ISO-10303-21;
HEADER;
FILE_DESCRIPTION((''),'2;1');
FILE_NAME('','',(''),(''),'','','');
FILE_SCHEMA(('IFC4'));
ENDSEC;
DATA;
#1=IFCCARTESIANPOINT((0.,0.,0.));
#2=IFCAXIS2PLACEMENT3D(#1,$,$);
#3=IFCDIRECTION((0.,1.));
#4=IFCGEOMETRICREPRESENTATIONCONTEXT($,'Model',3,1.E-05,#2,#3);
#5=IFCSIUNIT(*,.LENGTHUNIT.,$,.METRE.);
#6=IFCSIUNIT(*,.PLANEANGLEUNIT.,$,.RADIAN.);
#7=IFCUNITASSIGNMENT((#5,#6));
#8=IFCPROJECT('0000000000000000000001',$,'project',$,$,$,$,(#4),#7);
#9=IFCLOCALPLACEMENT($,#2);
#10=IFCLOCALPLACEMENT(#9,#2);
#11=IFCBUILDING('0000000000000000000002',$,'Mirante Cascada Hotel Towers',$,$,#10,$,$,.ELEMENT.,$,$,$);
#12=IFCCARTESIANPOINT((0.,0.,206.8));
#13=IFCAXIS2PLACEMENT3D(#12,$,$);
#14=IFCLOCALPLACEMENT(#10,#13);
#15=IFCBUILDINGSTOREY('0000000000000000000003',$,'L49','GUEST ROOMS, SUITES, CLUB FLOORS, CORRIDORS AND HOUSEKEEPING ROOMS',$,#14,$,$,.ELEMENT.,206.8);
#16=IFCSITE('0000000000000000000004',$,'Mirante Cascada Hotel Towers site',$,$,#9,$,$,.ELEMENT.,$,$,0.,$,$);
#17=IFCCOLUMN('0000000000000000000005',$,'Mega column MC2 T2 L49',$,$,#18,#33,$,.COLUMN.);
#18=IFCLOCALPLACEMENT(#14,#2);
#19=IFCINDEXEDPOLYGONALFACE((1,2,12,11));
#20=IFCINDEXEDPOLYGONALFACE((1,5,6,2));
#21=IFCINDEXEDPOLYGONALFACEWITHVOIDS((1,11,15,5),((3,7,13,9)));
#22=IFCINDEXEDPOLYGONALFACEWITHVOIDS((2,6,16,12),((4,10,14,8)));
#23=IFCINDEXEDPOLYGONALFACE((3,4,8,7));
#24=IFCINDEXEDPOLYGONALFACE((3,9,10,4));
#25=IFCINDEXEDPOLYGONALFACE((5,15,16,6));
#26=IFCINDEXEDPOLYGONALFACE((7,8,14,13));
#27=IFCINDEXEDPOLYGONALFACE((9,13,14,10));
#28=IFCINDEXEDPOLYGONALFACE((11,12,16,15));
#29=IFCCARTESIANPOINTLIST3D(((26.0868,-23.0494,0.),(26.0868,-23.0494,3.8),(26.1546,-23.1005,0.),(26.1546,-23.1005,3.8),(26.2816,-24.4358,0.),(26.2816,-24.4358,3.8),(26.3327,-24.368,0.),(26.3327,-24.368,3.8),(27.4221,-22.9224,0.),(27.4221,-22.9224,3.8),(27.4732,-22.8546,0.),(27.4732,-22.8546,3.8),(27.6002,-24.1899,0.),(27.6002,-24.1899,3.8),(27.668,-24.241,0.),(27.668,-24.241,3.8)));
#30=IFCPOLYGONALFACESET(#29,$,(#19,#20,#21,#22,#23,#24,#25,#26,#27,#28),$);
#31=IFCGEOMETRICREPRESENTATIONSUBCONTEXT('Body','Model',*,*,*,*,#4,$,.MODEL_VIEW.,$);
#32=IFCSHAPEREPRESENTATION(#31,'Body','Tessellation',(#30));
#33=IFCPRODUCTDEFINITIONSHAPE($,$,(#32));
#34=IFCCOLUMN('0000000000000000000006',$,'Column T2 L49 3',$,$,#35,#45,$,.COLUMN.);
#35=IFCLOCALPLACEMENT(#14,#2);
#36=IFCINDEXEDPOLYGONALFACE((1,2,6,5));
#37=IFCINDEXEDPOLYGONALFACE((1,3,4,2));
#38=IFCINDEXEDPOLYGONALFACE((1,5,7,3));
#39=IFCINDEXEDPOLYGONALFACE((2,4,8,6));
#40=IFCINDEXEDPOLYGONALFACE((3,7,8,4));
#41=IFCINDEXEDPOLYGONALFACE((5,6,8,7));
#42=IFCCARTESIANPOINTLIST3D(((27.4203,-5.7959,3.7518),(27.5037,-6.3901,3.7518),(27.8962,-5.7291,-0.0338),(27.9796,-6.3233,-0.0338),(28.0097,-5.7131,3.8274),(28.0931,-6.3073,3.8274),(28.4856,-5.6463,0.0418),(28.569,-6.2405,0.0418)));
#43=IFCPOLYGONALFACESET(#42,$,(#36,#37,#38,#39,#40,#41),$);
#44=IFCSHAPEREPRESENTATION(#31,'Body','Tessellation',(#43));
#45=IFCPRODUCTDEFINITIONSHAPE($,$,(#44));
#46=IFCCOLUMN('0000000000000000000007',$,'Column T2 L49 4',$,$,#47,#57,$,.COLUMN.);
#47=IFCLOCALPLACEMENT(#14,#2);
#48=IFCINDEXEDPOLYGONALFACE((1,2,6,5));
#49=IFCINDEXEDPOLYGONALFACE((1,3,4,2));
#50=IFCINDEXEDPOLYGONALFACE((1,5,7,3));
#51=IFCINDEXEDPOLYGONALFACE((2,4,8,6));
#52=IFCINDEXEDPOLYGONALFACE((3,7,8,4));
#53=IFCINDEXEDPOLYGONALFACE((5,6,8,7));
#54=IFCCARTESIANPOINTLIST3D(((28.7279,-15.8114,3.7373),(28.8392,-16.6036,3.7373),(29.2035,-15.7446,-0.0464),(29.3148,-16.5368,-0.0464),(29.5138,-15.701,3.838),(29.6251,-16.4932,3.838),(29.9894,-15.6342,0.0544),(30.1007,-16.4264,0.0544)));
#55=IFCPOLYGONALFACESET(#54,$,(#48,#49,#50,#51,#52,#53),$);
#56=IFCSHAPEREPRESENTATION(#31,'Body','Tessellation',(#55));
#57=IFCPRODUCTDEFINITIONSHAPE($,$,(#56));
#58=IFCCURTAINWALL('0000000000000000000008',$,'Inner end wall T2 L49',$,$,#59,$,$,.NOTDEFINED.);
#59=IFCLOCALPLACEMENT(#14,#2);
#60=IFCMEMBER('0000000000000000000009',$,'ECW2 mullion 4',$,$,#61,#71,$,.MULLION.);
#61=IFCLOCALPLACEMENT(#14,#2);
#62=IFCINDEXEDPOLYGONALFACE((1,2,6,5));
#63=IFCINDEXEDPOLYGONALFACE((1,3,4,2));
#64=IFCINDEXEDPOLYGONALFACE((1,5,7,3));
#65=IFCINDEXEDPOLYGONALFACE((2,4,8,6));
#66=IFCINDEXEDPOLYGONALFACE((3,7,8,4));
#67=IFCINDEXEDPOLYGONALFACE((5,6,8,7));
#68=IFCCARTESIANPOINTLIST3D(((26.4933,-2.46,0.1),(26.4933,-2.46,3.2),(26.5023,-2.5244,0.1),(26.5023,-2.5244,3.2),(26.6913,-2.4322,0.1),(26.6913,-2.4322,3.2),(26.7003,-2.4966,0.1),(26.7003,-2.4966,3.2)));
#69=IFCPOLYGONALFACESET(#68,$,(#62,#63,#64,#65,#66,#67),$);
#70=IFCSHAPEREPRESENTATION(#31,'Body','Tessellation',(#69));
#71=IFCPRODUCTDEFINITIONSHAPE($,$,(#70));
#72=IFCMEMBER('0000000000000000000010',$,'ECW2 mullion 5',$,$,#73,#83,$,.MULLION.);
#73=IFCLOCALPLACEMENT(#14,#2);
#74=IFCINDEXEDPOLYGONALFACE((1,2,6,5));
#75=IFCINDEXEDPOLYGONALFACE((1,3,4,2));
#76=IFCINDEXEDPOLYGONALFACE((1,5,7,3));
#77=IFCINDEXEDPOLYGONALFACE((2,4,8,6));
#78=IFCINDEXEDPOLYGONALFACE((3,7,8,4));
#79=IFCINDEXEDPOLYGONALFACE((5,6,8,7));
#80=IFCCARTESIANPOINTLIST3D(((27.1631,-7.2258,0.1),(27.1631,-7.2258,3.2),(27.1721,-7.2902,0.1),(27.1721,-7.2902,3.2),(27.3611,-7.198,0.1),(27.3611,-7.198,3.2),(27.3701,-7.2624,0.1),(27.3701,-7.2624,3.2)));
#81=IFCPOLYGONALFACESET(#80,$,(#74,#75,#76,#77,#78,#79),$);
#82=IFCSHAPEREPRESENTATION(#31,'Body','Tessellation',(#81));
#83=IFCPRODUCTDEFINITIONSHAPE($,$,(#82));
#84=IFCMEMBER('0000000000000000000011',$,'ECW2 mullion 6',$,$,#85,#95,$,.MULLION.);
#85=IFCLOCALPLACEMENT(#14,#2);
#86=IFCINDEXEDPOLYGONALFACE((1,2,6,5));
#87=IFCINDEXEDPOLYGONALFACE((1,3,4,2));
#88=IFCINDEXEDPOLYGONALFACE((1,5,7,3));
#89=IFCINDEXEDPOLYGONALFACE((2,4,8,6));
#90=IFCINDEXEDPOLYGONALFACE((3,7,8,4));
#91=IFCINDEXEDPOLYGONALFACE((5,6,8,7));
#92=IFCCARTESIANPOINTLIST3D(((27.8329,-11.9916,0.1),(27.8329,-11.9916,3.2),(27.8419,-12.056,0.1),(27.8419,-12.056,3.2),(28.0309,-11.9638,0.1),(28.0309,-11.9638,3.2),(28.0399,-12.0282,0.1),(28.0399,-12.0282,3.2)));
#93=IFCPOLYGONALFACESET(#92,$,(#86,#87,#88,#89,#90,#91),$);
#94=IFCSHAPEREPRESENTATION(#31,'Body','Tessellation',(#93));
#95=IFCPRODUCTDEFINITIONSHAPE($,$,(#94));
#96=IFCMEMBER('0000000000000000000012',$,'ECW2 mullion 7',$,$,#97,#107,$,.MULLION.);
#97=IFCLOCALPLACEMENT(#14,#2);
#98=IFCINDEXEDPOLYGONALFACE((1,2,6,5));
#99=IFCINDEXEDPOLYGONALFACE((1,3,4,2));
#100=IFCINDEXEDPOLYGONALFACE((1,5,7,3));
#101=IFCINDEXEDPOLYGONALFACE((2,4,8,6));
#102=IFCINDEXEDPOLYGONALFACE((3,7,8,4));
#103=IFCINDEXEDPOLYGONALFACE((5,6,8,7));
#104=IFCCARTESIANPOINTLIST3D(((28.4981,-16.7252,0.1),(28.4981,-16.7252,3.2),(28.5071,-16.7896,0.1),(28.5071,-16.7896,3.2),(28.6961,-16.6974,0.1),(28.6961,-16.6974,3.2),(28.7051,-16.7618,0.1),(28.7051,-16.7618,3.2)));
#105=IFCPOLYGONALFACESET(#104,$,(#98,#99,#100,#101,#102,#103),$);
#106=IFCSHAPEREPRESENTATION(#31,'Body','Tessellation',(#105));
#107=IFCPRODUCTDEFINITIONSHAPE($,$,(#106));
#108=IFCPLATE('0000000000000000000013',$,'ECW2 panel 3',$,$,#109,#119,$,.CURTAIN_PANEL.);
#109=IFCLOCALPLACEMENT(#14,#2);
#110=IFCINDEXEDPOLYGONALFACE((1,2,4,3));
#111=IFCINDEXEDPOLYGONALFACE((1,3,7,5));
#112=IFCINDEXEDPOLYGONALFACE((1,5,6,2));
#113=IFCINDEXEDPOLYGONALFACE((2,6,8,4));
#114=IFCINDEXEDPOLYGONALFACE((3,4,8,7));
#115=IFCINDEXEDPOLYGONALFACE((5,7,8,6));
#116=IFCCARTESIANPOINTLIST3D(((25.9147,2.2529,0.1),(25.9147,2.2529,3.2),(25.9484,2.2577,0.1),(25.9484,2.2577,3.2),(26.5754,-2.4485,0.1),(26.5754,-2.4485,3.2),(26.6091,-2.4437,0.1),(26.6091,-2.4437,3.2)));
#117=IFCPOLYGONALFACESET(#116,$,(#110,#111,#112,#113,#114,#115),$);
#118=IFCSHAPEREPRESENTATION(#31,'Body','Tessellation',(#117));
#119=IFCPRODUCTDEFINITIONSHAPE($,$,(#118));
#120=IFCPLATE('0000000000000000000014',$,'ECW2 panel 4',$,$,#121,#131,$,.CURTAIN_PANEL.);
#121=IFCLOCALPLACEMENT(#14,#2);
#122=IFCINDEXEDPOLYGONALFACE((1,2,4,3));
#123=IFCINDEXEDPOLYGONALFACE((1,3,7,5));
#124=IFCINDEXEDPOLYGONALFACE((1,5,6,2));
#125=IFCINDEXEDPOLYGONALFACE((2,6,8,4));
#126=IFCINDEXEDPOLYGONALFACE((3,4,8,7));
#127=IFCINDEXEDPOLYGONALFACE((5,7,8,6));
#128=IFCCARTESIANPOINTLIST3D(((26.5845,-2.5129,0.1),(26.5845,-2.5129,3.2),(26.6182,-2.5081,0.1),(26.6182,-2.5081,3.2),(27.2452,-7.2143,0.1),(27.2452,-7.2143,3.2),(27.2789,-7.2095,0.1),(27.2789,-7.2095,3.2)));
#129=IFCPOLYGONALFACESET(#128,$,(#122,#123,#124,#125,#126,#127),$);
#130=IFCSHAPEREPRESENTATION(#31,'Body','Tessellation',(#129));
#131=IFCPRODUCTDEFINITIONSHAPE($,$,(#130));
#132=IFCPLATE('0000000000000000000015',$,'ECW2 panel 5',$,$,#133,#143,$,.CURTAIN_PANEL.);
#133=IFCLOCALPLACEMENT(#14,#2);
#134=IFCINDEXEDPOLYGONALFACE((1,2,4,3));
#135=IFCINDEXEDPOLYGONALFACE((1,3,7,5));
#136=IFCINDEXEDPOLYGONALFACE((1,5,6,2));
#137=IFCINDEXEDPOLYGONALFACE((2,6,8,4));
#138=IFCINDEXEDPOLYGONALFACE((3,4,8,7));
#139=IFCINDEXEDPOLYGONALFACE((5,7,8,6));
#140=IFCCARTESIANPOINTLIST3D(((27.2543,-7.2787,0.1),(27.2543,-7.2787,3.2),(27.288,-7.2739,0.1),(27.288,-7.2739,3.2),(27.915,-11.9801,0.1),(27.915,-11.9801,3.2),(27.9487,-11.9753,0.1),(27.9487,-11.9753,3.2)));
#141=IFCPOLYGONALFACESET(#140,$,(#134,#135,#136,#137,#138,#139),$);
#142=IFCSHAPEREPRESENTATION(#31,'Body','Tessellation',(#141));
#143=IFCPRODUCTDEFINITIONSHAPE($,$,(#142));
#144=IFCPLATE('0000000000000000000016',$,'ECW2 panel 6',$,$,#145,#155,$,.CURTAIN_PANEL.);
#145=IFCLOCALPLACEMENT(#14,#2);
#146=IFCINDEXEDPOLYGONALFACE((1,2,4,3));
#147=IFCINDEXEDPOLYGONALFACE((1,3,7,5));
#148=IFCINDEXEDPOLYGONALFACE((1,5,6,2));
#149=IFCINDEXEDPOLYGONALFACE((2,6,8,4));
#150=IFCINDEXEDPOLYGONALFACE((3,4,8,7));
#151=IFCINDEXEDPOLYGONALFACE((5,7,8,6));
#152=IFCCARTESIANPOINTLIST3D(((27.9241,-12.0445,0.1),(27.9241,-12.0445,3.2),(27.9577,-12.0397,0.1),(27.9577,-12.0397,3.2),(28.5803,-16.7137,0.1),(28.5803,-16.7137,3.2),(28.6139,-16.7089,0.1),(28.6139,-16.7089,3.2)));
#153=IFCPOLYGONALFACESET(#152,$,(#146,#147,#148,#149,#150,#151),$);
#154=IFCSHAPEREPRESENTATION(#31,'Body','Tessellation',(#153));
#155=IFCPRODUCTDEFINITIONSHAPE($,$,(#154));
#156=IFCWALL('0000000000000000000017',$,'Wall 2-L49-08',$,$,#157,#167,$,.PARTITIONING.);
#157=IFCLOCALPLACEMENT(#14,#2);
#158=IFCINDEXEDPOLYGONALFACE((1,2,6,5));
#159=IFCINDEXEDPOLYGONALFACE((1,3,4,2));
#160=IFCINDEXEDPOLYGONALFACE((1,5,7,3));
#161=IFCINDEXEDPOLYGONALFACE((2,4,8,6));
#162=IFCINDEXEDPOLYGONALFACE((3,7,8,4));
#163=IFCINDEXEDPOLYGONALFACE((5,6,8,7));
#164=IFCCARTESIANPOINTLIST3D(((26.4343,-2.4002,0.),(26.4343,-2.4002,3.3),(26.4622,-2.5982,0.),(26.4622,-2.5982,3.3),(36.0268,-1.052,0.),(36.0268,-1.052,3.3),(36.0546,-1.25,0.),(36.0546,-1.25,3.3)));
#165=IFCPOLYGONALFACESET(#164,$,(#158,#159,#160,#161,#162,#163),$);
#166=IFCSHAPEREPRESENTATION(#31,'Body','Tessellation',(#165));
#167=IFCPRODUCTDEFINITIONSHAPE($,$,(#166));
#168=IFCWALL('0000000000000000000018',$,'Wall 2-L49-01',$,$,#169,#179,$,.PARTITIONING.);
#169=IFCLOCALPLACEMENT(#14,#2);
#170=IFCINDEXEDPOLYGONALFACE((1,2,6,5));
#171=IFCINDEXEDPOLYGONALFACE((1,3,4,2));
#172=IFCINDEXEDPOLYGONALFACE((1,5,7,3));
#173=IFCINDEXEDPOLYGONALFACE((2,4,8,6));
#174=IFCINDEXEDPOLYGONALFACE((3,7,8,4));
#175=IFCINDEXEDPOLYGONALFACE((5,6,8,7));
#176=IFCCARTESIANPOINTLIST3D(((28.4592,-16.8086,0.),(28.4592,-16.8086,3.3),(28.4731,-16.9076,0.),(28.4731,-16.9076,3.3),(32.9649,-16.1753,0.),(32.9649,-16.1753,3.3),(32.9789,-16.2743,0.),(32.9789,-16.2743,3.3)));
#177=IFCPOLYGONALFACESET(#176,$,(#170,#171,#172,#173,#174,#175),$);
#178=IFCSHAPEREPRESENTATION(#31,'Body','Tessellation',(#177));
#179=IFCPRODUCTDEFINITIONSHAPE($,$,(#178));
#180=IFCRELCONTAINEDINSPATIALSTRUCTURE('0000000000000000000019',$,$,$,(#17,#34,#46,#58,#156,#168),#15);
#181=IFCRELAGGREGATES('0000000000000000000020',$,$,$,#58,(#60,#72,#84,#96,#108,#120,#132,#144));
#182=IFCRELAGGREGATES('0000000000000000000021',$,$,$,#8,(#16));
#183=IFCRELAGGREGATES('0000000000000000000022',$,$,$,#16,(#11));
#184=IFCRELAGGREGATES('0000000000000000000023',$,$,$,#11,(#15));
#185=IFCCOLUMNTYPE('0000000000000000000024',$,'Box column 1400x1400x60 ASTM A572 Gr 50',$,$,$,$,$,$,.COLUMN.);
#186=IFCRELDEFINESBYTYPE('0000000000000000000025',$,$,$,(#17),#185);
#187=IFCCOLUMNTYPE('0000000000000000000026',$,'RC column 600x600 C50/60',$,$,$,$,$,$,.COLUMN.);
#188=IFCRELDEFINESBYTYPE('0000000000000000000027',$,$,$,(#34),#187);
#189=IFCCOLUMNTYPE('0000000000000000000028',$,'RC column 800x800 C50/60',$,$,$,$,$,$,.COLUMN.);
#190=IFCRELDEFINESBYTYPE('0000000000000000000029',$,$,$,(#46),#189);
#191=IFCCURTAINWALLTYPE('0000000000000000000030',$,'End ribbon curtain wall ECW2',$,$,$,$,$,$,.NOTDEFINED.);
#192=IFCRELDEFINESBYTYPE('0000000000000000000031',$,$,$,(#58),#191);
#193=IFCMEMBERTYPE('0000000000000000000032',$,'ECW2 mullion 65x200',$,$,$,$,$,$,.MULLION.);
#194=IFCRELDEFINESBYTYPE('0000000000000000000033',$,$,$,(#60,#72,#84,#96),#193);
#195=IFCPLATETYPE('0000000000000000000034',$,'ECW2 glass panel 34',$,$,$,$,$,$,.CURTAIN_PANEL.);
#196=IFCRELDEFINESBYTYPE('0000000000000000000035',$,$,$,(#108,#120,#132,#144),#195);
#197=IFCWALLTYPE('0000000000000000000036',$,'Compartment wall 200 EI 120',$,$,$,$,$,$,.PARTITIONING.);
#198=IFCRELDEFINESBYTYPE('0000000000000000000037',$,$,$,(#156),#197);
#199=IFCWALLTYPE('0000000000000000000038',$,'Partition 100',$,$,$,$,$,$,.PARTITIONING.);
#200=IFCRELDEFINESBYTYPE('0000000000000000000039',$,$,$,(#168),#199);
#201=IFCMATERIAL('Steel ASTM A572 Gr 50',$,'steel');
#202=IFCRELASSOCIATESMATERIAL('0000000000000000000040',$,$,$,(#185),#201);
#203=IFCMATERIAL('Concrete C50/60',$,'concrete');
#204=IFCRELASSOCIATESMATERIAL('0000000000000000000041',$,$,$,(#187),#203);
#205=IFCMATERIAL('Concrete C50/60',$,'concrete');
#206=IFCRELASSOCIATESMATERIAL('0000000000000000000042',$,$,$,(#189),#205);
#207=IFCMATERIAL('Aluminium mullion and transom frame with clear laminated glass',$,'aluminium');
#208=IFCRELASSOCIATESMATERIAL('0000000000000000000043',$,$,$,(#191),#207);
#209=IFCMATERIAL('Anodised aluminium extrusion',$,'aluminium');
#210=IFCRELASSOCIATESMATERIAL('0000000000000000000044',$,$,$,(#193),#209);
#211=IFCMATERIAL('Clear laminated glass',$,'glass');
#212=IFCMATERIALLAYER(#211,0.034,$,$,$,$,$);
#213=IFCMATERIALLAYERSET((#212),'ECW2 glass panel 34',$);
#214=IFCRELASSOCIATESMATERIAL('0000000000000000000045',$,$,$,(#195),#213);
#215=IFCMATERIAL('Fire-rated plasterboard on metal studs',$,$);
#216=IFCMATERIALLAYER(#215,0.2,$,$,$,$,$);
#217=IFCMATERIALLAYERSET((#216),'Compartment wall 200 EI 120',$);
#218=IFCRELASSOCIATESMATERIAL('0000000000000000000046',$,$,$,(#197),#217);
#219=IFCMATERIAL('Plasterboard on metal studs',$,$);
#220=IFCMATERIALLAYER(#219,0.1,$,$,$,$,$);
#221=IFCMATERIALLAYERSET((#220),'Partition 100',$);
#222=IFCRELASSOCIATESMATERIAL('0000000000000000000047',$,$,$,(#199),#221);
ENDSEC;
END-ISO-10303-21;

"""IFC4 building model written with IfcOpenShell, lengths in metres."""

from ifc_helpers import new_model, si_unit, direction, frame, frame_2d, origin, origin_2d, place, context, subcontext, project, spatial, rectangle, hollow_rectangle, extrude, material, layer, layer_set, material_profile, profile_set, type_object, element, aggregate, save


model = new_model("IFC4")

# Units and contexts
model_context = context("Model", 3, precision=1e-05, world=origin(), true_north=direction((0.0, 1.0)))
body_context = subcontext(model_context, "Body", "Model", "MODEL_VIEW")
ifc_project = project(units=[si_unit("LENGTHUNIT", "METRE"), si_unit("PLANEANGLEUNIT", "RADIAN")], contexts=[model_context])

# Site, building, storey
site_placement = place(None, origin())
site = spatial("IfcSite", under=ifc_project, at=site_placement, Name="Mirante Cascada Hotel Towers site", CompositionType="ELEMENT", RefElevation=0.0)
building_placement = place(site_placement, origin())
building = spatial("IfcBuilding", under=site, at=building_placement, Name="Mirante Cascada Hotel Towers", CompositionType="ELEMENT")
storey_placement = place(building_placement, frame((0.0, 0.0, 206.8)))
storey = spatial("IfcBuildingStorey", under=building, at=storey_placement, Name="L49", Description="GUEST ROOMS, SUITES, CLUB FLOORS, CORRIDORS AND HOUSEKEEPING ROOMS", CompositionType="ELEMENT", Elevation=206.8)

# Columns
ifc_material_1 = material(Name="Steel ASTM A572 Gr 50", Category="steel")
ifc_material_profile_1 = material_profile(ifc_material_1, hollow_rectangle(XDim=1.4, YDim=1.4, WallThickness=0.06, at=origin_2d()), Name="Box column 1400x1400x60 ASTM A572 Gr 50")
ifc_profile_set_1 = profile_set([ifc_material_profile_1], Name="Steel ASTM A572 Gr 50")
column_type_1 = type_object("IfcColumnType", Name="Box column 1400x1400x60 ASTM A572 Gr 50", PredefinedType="COLUMN", material=ifc_profile_set_1)
column_1_placement = place(storey_placement, frame((26.8774, -23.6452, 0.0), z_axis=(0.0, 0.0, 1.0), x_axis=(0.990268, 0.139173, 0.0)))
element("IfcColumn", 1, at=column_1_placement, inside=storey, type_object=column_type_1, Name="Mega column MC2 T2 L49", PredefinedType="COLUMN", context=body_context, shape_type="SweptSolid", body=[
    extrude(hollow_rectangle(XDim=1.4, YDim=1.4, WallThickness=0.06, at=origin_2d()), origin(), (0.0, 0.0, 1.0), 3.8),
])
ifc_material_2 = material(Name="Concrete C50/60", Category="concrete")
ifc_material_profile_2 = material_profile(ifc_material_2, rectangle(XDim=0.6, YDim=0.6, at=origin_2d()), Name="RC column 600x600 C50/60")
ifc_profile_set_2 = profile_set([ifc_material_profile_2], Name="Concrete C50/60")
column_type_2 = type_object("IfcColumnType", Name="RC column 600x600 C50/60", PredefinedType="COLUMN", material=ifc_profile_set_2)
column_2_placement = place(storey_placement, frame((28.2326, -5.9848, 0.004), z_axis=(-0.124712, -0.017505, 0.992039), x_axis=(0.139003, -0.990292, 0.0)))
element("IfcColumn", 2, at=column_2_placement, inside=storey, type_object=column_type_2, Name="Column T2 L49 3", PredefinedType="COLUMN", context=body_context, shape_type="SweptSolid", body=[
    extrude(rectangle(XDim=0.6, YDim=0.6, at=origin_2d()), origin(), (0.0, 0.0, 1.0), 3.816),
])
ifc_material_3 = material(Name="Concrete C50/60", Category="concrete")
ifc_material_profile_3 = material_profile(ifc_material_3, rectangle(XDim=0.8, YDim=0.8, at=origin_2d()), Name="RC column 800x800 C50/60")
ifc_profile_set_3 = profile_set([ifc_material_profile_3], Name="Concrete C50/60")
column_type_3 = type_object("IfcColumnType", Name="RC column 800x800 C50/60", PredefinedType="COLUMN", material=ifc_profile_set_3)
column_3_placement = place(storey_placement, frame((29.6521, -16.0855, 0.004), z_axis=(-0.1247, -0.017515, 0.99204), x_axis=(0.139089, -0.99028, 0.0)))
element("IfcColumn", 3, at=column_3_placement, inside=storey, type_object=column_type_3, Name="Column T2 L49 4", PredefinedType="COLUMN", context=body_context, shape_type="SweptSolid", body=[
    extrude(rectangle(XDim=0.8, YDim=0.8, at=origin_2d()), origin(), (0.0, 0.0, 1.0), 3.814),
])

# Curtain wall, members, plates
ifc_material_4 = material(Name="Aluminium mullion and transom frame with clear laminated glass", Category="aluminium")
curtain_wall_type = type_object("IfcCurtainWallType", Name="End ribbon curtain wall ECW2", PredefinedType="NOTDEFINED", material=ifc_material_4)
curtain_wall_placement = place(storey_placement, origin())
curtain_wall = element("IfcCurtainWall", 4, at=curtain_wall_placement, inside=storey, type_object=curtain_wall_type, Name="Inner end wall T2 L49", PredefinedType="NOTDEFINED")
ifc_material_5 = material(Name="Anodised aluminium extrusion", Category="aluminium")
ifc_material_profile_4 = material_profile(ifc_material_5, rectangle(XDim=0.2, YDim=0.065, at=origin_2d()), Name="ECW2 MULLION 65x200")
ifc_profile_set_4 = profile_set([ifc_material_profile_4], Name="Anodised aluminium extrusion")
member_type = type_object("IfcMemberType", Name="ECW2 mullion 65x200", PredefinedType="MULLION", material=ifc_profile_set_4)
member_1_placement = place(storey_placement, frame((26.5968, -2.4783, 0.1), z_axis=(0.0, 0.0, 1.0), x_axis=(0.990268, 0.139173, 0.0)))
member_1 = element("IfcMember", 5, at=member_1_placement, type_object=member_type, Name="ECW2 mullion 4", PredefinedType="MULLION", context=body_context, shape_type="SweptSolid", body=[
    extrude(rectangle(XDim=0.2, YDim=0.065, at=origin_2d()), origin(), (0.0, 0.0, 1.0), 3.1),
])
member_2_placement = place(storey_placement, frame((27.2666, -7.2441, 0.1), z_axis=(0.0, 0.0, 1.0), x_axis=(0.990268, 0.139173, 0.0)))
member_2 = element("IfcMember", 6, at=member_2_placement, type_object=member_type, Name="ECW2 mullion 5", PredefinedType="MULLION", context=body_context, shape_type="SweptSolid", body=[
    extrude(rectangle(XDim=0.2, YDim=0.065, at=origin_2d()), origin(), (0.0, 0.0, 1.0), 3.1),
])
member_3_placement = place(storey_placement, frame((27.9364, -12.0099, 0.1), z_axis=(0.0, 0.0, 1.0), x_axis=(0.990268, 0.139173, 0.0)))
member_3 = element("IfcMember", 7, at=member_3_placement, type_object=member_type, Name="ECW2 mullion 6", PredefinedType="MULLION", context=body_context, shape_type="SweptSolid", body=[
    extrude(rectangle(XDim=0.2, YDim=0.065, at=origin_2d()), origin(), (0.0, 0.0, 1.0), 3.1),
])
member_4_placement = place(storey_placement, frame((28.6016, -16.7435, 0.1), z_axis=(0.0, 0.0, 1.0), x_axis=(0.990268, 0.139173, 0.0)))
member_4 = element("IfcMember", 8, at=member_4_placement, type_object=member_type, Name="ECW2 mullion 7", PredefinedType="MULLION", context=body_context, shape_type="SweptSolid", body=[
    extrude(rectangle(XDim=0.2, YDim=0.065, at=origin_2d()), origin(), (0.0, 0.0, 1.0), 3.1),
])
ifc_material_6 = material(Name="Clear laminated glass", Category="glass")
ifc_layer_1 = layer(ifc_material_6, 0.034)
ifc_layer_set_1 = layer_set([ifc_layer_1], Name="ECW2 glass panel 34")
plate_type = type_object("IfcPlateType", Name="ECW2 glass panel 34", PredefinedType="CURTAIN_PANEL", material=ifc_layer_set_1)
plate_1_placement = place(storey_placement, frame((26.2619, -0.0954, 0.1), z_axis=(0.0, 0.0, 1.0), x_axis=(0.139173, -0.990268, 0.0)))
plate_1 = element("IfcPlate", 9, at=plate_1_placement, type_object=plate_type, Name="ECW2 panel 3", PredefinedType="CURTAIN_PANEL", context=body_context, shape_type="SweptSolid", body=[
    extrude(rectangle(XDim=4.7476, YDim=0.034, at=origin_2d()), origin(), (0.0, 0.0, 1.0), 3.1),
])
plate_2_placement = place(storey_placement, frame((26.9317, -4.8612, 0.1), z_axis=(0.0, 0.0, 1.0), x_axis=(0.139173, -0.990268, 0.0)))
plate_2 = element("IfcPlate", 10, at=plate_2_placement, type_object=plate_type, Name="ECW2 panel 4", PredefinedType="CURTAIN_PANEL", context=body_context, shape_type="SweptSolid", body=[
    extrude(rectangle(XDim=4.7476, YDim=0.034, at=origin_2d()), origin(), (0.0, 0.0, 1.0), 3.1),
])
plate_3_placement = place(storey_placement, frame((27.6015, -9.627, 0.1), z_axis=(0.0, 0.0, 1.0), x_axis=(0.139173, -0.990268, 0.0)))
plate_3 = element("IfcPlate", 11, at=plate_3_placement, type_object=plate_type, Name="ECW2 panel 5", PredefinedType="CURTAIN_PANEL", context=body_context, shape_type="SweptSolid", body=[
    extrude(rectangle(XDim=4.7476, YDim=0.034, at=origin_2d()), origin(), (0.0, 0.0, 1.0), 3.1),
])
plate_4_placement = place(storey_placement, frame((28.269, -14.3767, 0.1), z_axis=(0.0, 0.0, 1.0), x_axis=(0.139173, -0.990268, 0.0)))
plate_4 = element("IfcPlate", 12, at=plate_4_placement, type_object=plate_type, Name="ECW2 panel 6", PredefinedType="CURTAIN_PANEL", context=body_context, shape_type="SweptSolid", body=[
    extrude(rectangle(XDim=4.7151, YDim=0.034, at=origin_2d()), origin(), (0.0, 0.0, 1.0), 3.1),
])
aggregate(curtain_wall, [member_1, member_2, member_3, member_4, plate_1, plate_2, plate_3, plate_4])

# Walls
ifc_material_7 = material(Name="Fire-rated plasterboard on metal studs")
ifc_layer_2 = layer(ifc_material_7, 0.2)
ifc_layer_set_2 = layer_set([ifc_layer_2], Name="Compartment wall 200 EI 120")
wall_type_1 = type_object("IfcWallType", Name="Compartment wall 200 EI 120", PredefinedType="PARTITIONING", material=ifc_layer_set_2)
wall_1_placement = place(storey_placement, frame((26.4482, -2.4992, 0.0), z_axis=(0.0, 0.0, 1.0), x_axis=(0.990267, 0.139181, 0.0)))
element("IfcWall", 13, at=wall_1_placement, inside=storey, type_object=wall_type_1, Name="Wall 2-L49-08", PredefinedType="PARTITIONING", context=body_context, shape_type="SweptSolid", body=[
    extrude(rectangle(XDim=9.6867, YDim=0.2, at=frame_2d((4.8434, 0.0))), origin(), (0.0, 0.0, 1.0), 3.3),
])
ifc_material_8 = material(Name="Plasterboard on metal studs")
ifc_layer_3 = layer(ifc_material_8, 0.1)
ifc_layer_set_3 = layer_set([ifc_layer_3], Name="Partition 100")
wall_type_2 = type_object("IfcWallType", Name="Partition 100", PredefinedType="PARTITIONING", material=ifc_layer_set_3)
wall_2_placement = place(storey_placement, frame((32.9719, -16.2248, 0.0), z_axis=(0.0, 0.0, 1.0), x_axis=(-0.990266, -0.139187, 0.0)))
element("IfcWall", 14, at=wall_2_placement, inside=storey, type_object=wall_type_2, Name="Wall 2-L49-01", PredefinedType="PARTITIONING", context=body_context, shape_type="SweptSolid", body=[
    extrude(rectangle(XDim=4.55, YDim=0.1, at=frame_2d((2.275, 0.0))), origin(), (0.0, 0.0, 1.0), 3.3),
])

save(model, "model.ifc")
